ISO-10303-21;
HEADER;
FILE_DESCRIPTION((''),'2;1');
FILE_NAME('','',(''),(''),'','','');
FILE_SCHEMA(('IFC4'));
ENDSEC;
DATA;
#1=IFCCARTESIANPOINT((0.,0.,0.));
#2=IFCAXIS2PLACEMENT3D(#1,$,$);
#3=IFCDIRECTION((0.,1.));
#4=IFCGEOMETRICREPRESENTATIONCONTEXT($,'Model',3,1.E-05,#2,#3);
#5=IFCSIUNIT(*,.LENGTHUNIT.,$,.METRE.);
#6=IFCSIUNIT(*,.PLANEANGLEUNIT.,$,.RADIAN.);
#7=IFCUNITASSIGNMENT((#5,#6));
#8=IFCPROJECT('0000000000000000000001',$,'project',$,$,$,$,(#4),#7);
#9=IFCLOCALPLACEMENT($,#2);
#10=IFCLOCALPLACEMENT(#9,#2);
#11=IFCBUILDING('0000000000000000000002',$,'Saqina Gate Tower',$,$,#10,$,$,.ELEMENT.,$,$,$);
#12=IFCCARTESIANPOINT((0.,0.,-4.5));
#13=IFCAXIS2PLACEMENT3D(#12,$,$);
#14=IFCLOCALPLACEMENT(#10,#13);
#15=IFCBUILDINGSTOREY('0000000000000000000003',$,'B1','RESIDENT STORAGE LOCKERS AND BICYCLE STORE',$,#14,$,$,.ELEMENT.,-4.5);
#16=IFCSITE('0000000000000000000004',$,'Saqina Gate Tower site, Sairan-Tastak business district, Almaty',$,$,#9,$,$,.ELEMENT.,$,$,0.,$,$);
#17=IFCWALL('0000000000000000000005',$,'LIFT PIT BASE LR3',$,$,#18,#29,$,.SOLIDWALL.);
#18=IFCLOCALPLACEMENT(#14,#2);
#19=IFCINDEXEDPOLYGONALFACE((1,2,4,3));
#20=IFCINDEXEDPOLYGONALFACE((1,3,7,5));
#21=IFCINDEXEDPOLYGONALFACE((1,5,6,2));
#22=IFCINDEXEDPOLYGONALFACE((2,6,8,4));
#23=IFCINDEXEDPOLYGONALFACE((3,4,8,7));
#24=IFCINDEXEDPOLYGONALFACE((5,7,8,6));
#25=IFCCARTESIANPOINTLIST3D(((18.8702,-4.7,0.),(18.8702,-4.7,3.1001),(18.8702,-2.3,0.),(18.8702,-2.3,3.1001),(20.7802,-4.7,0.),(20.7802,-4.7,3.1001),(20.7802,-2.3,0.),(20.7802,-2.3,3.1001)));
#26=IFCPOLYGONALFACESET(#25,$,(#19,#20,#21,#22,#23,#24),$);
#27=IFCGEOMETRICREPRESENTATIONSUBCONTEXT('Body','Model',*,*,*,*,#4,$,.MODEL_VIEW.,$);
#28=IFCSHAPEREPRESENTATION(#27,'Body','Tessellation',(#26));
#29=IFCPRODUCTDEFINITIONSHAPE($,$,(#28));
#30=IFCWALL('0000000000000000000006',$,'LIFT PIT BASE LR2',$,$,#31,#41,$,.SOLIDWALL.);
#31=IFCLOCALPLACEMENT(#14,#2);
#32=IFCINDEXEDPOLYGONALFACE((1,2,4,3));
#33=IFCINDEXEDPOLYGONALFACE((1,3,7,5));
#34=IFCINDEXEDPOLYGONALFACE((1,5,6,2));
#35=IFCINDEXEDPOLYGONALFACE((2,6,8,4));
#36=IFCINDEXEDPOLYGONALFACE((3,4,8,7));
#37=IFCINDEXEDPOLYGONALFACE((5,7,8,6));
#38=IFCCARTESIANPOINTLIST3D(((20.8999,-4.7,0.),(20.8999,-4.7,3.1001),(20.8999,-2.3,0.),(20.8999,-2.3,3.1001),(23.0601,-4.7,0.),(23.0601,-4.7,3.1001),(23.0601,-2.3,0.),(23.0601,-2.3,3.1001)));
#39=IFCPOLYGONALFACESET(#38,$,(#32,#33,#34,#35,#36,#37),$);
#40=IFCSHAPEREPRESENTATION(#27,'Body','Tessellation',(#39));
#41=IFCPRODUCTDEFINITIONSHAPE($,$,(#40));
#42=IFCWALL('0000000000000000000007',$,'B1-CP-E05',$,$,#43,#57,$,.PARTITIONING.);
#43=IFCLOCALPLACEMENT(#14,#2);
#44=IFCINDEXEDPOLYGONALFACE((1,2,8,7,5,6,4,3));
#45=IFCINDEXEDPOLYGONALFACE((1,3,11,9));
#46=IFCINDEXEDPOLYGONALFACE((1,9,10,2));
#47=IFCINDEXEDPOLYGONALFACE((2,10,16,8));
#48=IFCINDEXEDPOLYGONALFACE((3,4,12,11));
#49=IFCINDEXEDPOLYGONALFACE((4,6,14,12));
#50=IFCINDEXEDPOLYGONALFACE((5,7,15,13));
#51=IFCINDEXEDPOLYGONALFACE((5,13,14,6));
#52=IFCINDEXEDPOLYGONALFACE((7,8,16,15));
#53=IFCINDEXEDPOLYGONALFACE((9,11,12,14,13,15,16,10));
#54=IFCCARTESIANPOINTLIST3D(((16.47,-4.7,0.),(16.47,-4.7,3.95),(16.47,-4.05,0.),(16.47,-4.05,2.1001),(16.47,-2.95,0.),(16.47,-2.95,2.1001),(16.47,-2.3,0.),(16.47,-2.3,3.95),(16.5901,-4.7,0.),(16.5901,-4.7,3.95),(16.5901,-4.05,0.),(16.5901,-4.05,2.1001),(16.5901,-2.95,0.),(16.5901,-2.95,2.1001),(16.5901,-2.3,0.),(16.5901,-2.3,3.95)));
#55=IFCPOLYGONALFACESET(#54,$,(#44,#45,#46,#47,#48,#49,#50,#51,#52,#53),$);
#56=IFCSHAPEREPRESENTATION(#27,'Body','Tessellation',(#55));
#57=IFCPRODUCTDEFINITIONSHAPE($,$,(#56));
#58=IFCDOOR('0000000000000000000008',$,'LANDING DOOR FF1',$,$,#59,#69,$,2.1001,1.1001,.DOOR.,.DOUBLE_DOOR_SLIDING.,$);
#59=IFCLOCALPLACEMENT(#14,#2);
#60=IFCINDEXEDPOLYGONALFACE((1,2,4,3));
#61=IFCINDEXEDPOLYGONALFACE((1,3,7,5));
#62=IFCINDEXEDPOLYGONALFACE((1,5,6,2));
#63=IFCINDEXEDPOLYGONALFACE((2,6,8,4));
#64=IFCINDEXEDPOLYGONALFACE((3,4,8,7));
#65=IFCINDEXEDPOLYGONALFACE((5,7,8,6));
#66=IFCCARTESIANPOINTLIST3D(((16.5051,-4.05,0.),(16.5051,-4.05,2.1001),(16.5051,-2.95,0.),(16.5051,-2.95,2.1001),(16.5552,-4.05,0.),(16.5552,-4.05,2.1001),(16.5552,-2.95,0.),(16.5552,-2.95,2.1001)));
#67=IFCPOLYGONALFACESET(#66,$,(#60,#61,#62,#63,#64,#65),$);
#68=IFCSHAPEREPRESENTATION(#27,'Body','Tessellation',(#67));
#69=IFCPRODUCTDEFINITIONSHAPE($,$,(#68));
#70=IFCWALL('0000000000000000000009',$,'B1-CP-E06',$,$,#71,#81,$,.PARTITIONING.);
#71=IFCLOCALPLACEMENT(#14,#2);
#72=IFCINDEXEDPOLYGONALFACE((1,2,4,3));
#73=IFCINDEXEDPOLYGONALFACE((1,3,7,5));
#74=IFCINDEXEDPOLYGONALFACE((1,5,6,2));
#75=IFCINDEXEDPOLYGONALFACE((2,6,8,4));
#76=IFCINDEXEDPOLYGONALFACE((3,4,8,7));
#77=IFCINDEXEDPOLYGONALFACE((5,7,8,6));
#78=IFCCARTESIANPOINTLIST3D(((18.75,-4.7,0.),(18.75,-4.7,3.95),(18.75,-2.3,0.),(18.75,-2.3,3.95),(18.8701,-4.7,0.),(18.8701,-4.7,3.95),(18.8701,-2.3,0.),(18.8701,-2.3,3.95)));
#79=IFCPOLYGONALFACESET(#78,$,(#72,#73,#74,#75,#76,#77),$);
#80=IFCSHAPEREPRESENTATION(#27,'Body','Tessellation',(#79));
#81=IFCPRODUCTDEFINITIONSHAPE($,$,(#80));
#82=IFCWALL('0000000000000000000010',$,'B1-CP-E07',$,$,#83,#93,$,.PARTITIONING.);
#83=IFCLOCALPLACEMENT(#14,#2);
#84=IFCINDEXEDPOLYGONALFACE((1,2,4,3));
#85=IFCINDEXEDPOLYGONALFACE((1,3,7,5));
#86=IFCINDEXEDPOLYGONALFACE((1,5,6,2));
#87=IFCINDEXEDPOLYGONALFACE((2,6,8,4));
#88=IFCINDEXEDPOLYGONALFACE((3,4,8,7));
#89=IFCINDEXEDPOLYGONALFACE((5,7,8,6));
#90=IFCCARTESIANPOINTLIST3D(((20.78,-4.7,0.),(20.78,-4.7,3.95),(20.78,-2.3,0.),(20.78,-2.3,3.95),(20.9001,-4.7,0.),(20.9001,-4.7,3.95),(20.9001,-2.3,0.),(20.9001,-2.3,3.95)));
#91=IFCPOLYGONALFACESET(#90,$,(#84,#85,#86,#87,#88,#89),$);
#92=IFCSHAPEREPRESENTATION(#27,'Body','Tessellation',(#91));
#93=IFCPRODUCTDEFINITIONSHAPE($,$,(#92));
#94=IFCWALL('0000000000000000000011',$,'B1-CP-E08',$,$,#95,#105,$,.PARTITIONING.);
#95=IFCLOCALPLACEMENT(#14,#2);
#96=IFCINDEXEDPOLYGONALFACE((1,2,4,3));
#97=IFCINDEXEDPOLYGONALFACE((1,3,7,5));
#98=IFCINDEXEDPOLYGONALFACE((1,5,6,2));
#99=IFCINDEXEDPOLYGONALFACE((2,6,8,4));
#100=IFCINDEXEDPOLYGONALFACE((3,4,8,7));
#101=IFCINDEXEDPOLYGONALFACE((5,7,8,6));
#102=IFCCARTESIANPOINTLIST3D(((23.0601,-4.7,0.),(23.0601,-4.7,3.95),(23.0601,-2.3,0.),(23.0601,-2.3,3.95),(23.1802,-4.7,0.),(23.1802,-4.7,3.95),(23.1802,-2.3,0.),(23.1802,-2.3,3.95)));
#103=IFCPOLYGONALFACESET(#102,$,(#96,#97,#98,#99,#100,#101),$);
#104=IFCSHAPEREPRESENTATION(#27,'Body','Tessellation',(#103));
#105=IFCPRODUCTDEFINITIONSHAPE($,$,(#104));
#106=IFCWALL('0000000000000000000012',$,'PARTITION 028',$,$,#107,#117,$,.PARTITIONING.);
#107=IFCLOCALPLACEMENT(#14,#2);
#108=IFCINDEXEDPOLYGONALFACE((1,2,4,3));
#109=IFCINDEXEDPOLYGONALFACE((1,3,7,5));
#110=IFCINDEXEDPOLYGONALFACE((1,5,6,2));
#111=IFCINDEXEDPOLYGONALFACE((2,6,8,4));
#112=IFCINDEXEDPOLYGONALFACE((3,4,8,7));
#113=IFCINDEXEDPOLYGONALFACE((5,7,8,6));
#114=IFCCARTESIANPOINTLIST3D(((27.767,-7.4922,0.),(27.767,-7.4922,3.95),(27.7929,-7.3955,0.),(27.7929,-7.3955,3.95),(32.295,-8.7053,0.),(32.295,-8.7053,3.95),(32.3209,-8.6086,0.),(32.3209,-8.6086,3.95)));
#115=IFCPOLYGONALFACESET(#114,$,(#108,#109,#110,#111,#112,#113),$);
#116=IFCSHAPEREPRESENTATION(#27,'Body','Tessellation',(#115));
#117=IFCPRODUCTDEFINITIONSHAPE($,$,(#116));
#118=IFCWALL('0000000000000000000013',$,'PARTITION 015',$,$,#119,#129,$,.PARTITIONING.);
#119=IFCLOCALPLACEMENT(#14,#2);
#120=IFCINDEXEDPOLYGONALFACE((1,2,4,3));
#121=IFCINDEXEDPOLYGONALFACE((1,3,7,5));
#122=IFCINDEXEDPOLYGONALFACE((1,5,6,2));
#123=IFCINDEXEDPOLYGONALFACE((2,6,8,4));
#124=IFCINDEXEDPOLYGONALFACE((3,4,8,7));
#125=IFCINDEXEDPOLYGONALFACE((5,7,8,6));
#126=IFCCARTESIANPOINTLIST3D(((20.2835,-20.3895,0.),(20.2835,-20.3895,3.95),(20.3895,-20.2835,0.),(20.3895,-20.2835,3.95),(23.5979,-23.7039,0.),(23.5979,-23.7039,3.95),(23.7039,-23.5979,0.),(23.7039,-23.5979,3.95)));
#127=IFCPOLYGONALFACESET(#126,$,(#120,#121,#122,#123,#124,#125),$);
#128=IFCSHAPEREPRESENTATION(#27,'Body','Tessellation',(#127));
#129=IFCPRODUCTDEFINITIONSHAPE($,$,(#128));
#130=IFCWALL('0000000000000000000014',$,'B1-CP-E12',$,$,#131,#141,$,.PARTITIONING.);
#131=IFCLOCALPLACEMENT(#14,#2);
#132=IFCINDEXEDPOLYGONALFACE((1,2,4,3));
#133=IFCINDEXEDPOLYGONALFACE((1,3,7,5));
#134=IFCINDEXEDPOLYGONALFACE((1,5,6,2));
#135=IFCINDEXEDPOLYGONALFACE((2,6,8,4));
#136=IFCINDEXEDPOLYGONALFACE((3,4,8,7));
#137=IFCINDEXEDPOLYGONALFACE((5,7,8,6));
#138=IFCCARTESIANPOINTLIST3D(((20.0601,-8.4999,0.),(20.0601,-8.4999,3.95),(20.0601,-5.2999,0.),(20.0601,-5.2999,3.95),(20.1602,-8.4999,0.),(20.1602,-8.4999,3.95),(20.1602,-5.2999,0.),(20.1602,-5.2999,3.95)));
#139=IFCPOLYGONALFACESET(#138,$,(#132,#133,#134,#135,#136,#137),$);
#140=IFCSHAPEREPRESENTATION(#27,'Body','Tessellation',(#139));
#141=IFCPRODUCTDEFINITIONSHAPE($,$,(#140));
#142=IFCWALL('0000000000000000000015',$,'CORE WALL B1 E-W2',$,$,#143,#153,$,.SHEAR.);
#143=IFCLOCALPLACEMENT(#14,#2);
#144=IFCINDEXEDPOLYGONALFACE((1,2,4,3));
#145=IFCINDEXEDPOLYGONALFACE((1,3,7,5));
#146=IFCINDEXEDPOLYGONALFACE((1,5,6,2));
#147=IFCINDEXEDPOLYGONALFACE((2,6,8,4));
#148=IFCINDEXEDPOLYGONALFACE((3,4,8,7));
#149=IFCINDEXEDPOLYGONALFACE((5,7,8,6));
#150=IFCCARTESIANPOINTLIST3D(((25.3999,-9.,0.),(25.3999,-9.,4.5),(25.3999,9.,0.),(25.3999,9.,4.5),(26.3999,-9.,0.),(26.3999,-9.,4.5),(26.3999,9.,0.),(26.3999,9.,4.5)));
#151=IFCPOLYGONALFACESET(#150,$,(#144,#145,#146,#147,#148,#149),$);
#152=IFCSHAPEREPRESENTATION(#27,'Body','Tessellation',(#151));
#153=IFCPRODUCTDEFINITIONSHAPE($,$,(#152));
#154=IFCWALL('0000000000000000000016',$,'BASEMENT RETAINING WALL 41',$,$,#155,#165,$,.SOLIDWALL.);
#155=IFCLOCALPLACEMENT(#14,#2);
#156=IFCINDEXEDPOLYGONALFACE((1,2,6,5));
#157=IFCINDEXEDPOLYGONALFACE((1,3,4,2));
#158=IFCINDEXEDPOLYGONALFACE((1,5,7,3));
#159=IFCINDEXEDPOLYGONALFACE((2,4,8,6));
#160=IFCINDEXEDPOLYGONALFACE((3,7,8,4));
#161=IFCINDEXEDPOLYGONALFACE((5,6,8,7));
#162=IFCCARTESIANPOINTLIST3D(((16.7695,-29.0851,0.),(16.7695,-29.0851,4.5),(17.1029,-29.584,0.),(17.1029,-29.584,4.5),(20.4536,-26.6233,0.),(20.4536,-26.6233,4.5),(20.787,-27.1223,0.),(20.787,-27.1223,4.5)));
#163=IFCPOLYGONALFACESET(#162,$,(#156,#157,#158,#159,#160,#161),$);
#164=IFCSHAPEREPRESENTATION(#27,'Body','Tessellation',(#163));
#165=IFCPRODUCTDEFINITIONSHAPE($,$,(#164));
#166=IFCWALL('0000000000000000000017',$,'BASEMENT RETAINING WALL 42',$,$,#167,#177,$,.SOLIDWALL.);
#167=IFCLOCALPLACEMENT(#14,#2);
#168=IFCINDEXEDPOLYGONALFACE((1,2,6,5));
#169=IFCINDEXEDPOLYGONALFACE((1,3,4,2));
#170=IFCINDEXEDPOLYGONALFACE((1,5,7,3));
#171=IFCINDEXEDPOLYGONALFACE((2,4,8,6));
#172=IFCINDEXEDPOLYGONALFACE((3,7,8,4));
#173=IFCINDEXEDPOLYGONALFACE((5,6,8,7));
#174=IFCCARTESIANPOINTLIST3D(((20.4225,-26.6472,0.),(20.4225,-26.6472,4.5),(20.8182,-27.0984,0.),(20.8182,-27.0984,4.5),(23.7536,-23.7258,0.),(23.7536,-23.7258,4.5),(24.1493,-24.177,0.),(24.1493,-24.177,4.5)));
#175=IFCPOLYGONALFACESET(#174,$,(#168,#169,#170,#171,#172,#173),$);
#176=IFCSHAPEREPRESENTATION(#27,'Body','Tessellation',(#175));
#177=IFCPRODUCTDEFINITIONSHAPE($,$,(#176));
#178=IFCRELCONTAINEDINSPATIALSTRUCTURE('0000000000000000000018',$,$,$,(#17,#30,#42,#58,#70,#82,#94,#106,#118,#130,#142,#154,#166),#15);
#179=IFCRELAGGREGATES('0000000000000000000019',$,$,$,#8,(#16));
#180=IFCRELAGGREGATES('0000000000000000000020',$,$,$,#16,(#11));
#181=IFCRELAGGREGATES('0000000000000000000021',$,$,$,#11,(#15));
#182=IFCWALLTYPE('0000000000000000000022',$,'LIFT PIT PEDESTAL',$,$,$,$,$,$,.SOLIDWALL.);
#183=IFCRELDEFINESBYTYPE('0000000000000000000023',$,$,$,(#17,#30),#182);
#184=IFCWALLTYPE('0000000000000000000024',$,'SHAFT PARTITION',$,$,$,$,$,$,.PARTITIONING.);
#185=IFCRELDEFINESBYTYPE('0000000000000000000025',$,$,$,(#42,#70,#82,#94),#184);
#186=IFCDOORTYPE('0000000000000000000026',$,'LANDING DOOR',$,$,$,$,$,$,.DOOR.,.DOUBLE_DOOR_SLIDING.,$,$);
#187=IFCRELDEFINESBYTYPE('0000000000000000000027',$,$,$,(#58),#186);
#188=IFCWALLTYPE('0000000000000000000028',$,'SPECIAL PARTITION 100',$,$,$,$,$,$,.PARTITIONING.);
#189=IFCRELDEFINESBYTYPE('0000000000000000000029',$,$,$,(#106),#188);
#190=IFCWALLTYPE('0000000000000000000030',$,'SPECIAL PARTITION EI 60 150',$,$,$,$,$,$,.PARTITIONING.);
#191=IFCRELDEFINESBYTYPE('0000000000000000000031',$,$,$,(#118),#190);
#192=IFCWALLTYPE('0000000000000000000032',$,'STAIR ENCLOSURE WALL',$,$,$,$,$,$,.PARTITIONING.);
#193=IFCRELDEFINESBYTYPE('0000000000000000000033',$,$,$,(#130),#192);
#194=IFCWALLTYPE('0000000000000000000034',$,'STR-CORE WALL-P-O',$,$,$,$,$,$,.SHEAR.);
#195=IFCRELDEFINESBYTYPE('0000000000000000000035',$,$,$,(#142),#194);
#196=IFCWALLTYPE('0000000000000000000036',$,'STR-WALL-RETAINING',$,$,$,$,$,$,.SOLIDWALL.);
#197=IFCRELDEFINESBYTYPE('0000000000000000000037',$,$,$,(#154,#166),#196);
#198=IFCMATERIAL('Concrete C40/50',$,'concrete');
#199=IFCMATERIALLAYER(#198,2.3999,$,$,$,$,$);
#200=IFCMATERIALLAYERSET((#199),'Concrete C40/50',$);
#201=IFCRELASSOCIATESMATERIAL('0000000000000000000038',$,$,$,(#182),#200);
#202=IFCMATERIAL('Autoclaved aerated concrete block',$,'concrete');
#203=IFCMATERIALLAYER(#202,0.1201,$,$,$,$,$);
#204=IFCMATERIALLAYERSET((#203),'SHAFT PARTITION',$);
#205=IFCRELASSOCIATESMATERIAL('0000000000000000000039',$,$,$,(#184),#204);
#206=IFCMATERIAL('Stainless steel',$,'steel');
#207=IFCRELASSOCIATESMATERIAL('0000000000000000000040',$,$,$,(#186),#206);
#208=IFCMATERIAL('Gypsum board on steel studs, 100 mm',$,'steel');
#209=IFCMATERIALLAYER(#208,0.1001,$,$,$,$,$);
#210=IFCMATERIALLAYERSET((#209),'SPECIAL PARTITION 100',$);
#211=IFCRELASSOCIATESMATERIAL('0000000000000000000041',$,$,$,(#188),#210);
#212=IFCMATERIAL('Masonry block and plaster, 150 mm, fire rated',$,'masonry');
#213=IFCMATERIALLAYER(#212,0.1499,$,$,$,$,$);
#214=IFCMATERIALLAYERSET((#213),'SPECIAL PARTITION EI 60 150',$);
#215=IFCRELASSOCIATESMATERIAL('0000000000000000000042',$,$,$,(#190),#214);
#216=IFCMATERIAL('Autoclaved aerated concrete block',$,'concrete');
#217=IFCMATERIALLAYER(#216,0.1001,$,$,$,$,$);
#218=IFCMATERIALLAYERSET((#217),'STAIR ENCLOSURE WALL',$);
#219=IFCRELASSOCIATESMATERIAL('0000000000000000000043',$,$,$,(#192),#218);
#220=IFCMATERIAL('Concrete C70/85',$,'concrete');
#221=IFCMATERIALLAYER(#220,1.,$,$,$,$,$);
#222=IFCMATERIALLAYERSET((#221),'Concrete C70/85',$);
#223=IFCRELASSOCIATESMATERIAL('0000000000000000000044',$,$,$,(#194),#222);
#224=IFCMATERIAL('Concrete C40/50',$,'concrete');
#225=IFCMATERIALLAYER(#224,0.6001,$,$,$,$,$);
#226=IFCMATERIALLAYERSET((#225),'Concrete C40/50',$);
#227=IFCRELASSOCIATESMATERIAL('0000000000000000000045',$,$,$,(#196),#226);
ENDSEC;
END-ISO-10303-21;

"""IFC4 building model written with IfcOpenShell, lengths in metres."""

from ifc_helpers import new_model, si_unit, direction, frame, frame_2d, origin, place, context, subcontext, project, spatial, rectangle, extrude, material, layer, layer_set, type_object, element, fill, save


model = new_model("IFC4")

# Units and contexts
model_context = context("Model", 3, precision=1e-05, world=origin(), true_north=direction((0.0, 1.0)))
body_context = subcontext(model_context, "Body", "Model", "MODEL_VIEW")
ifc_project = project(units=[si_unit("LENGTHUNIT", "METRE"), si_unit("PLANEANGLEUNIT", "RADIAN")], contexts=[model_context])

# Site, building, storey
site_placement = place(None, origin())
site = spatial("IfcSite", under=ifc_project, at=site_placement, Name="Saqina Gate Tower site, Sairan-Tastak business district, Almaty", CompositionType="ELEMENT", RefElevation=0.0)
building_placement = place(site_placement, origin())
building = spatial("IfcBuilding", under=site, at=building_placement, Name="Saqina Gate Tower", CompositionType="ELEMENT")
storey_placement = place(building_placement, frame((0.0, 0.0, -4.5)))
storey = spatial("IfcBuildingStorey", under=building, at=storey_placement, Name="B1", Description="RESIDENT STORAGE LOCKERS AND BICYCLE STORE", CompositionType="ELEMENT", Elevation=-4.5)

# Walls
ifc_material_1 = material(Name="Concrete C40/50", Category="concrete")
ifc_layer_1 = layer(ifc_material_1, 2.3999)
ifc_layer_set_1 = layer_set([ifc_layer_1], Name="Concrete C40/50")
wall_type_1 = type_object("IfcWallType", Name="LIFT PIT PEDESTAL", PredefinedType="SOLIDWALL", material=ifc_layer_set_1)
wall_1_placement = place(storey_placement, frame((18.8701, -3.5, 0.0), z_axis=(0.0, 0.0, 1.0), x_axis=(1.0, 0.0, 0.0)))
element("IfcWall", 1, at=wall_1_placement, inside=storey, type_object=wall_type_1, Name="LIFT PIT BASE LR3", PredefinedType="SOLIDWALL", context=body_context, shape_type="SweptSolid", body=[
    extrude(rectangle(XDim=1.9099, YDim=2.3999, at=frame_2d((0.9551, 0.0))), origin(), (0.0, 0.0, 1.0), 3.1001),
])
wall_2_placement = place(storey_placement, frame((20.8999, -3.5, 0.0), z_axis=(0.0, 0.0, 1.0), x_axis=(1.0, 0.0, 0.0)))
element("IfcWall", 2, at=wall_2_placement, inside=storey, type_object=wall_type_1, Name="LIFT PIT BASE LR2", PredefinedType="SOLIDWALL", context=body_context, shape_type="SweptSolid", body=[
    extrude(rectangle(XDim=2.1602, YDim=2.3999, at=frame_2d((1.0801, 0.0))), origin(), (0.0, 0.0, 1.0), 3.1001),
])

# Wall, opening, door
ifc_material_2 = material(Name="Autoclaved aerated concrete block", Category="concrete")
ifc_layer_2 = layer(ifc_material_2, 0.1201)
ifc_layer_set_2 = layer_set([ifc_layer_2], Name="SHAFT PARTITION")
wall_type_2 = type_object("IfcWallType", Name="SHAFT PARTITION", PredefinedType="PARTITIONING", material=ifc_layer_set_2)
wall_3_placement = place(storey_placement, frame((16.53, -4.7, 0.0), z_axis=(0.0, 0.0, 1.0), x_axis=(0.0, 1.0, 0.0)))
wall_3 = element("IfcWall", 3, at=wall_3_placement, inside=storey, type_object=wall_type_2, Name="B1-CP-E05", PredefinedType="PARTITIONING", context=body_context, shape_type="SweptSolid", body=[
    extrude(rectangle(XDim=2.3999, YDim=0.1201, at=frame_2d((1.2, 0.0))), origin(), (0.0, 0.0, 1.0), 3.95),
])
opening_1_placement = place(wall_3_placement, frame((0.6499, 0.0, 0.0)))
opening_1 = element("IfcOpeningElement", 4, at=opening_1_placement, cuts=wall_3, PredefinedType="OPENING", context=body_context, shape_type="SweptSolid", body=[
    extrude(rectangle(XDim=1.1001, YDim=2.1001, at=frame_2d((0.55, 1.05))), frame((0.0, 0.072, 0.0), z_axis=(0.0, -1.0, 0.0), x_axis=(1.0, 0.0, 0.0)), (0.0, 0.0, 1.0), 0.144),
])
ifc_material_3 = material(Name="Stainless steel", Category="steel")
door_type_1 = type_object("IfcDoorType", Name="LANDING DOOR", OperationType="DOUBLE_DOOR_SLIDING", PredefinedType="DOOR", material=ifc_material_3)
door_1_placement = place(opening_1_placement, origin())
door_1 = element("IfcDoor", 5, at=door_1_placement, inside=storey, type_object=door_type_1, Name="LANDING DOOR FF1", OperationType="DOUBLE_DOOR_SLIDING", OverallHeight=2.1001, OverallWidth=1.1001, PredefinedType="DOOR", context=body_context, shape_type="SweptSolid", body=[
    extrude(rectangle(XDim=1.1001, YDim=2.1001, at=frame_2d((0.55, 1.05))), frame((0.0, 0.0249, 0.0), z_axis=(0.0, -1.0, 0.0), x_axis=(1.0, 0.0, 0.0)), (0.0, 0.0, 1.0), 0.05),
])
fill(opening_1, door_1)

# Walls
for number, where, z_axis, x_axis, name in (
    (6, (18.8101, -4.7, 0.0), (0.0, 0.0, 1.0), (0.0, 1.0, 0.0), "B1-CP-E06"),
    (7, (20.8401, -4.7, 0.0), (0.0, 0.0, 1.0), (0.0, 1.0, 0.0), "B1-CP-E07"),
    (8, (23.1201, -4.7, 0.0), (0.0, 0.0, 1.0), (0.0, 1.0, 0.0), "B1-CP-E08"),
):
    element("IfcWall", number, at=place(storey_placement, frame(where, z_axis=z_axis, x_axis=x_axis)), inside=storey, type_object=wall_type_2, Name=name, PredefinedType="PARTITIONING", context=body_context, shape_type="SweptSolid", body=[
        extrude(rectangle(XDim=2.3999, YDim=0.1201, at=frame_2d((1.2, 0.0))), origin(), (0.0, 0.0, 1.0), 3.95),
    ])
ifc_material_4 = material(Name="Gypsum board on steel studs, 100 mm", Category="steel")
ifc_layer_3 = layer(ifc_material_4, 0.1001)
ifc_layer_set_3 = layer_set([ifc_layer_3], Name="SPECIAL PARTITION 100")
wall_type_3 = type_object("IfcWallType", Name="SPECIAL PARTITION 100", PredefinedType="PARTITIONING", material=ifc_layer_set_3)
wall_4_placement = place(storey_placement, frame((27.78, -7.4438, 0.0), z_axis=(0.0, 0.0, 1.0), x_axis=(0.965934, -0.258787, 0.0)))
element("IfcWall", 9, at=wall_4_placement, inside=storey, type_object=wall_type_3, Name="PARTITION 028", PredefinedType="PARTITIONING", context=body_context, shape_type="SweptSolid", body=[
    extrude(rectangle(XDim=4.6877, YDim=0.1001, at=frame_2d((2.3438, 0.0))), origin(), (0.0, 0.0, 1.0), 3.95),
])
ifc_material_5 = material(Name="Masonry block and plaster, 150 mm, fire rated", Category="masonry")
ifc_layer_4 = layer(ifc_material_5, 0.1499)
ifc_layer_set_4 = layer_set([ifc_layer_4], Name="SPECIAL PARTITION EI 60 150")
wall_type_4 = type_object("IfcWallType", Name="SPECIAL PARTITION EI 60 150", PredefinedType="PARTITIONING", material=ifc_layer_set_4)
wall_5_placement = place(storey_placement, frame((20.3364, -20.3364, 0.0), z_axis=(0.0, 0.0, 1.0), x_axis=(0.707107, -0.707107, 0.0)))
element("IfcWall", 10, at=wall_5_placement, inside=storey, type_object=wall_type_4, Name="PARTITION 015", PredefinedType="PARTITIONING", context=body_context, shape_type="SweptSolid", body=[
    extrude(rectangle(XDim=4.6873, YDim=0.1499, at=frame_2d((2.3438, 0.0))), origin(), (0.0, 0.0, 1.0), 3.95),
])
ifc_material_6 = material(Name="Autoclaved aerated concrete block", Category="concrete")
ifc_layer_5 = layer(ifc_material_6, 0.1001)
ifc_layer_set_5 = layer_set([ifc_layer_5], Name="STAIR ENCLOSURE WALL")
wall_type_5 = type_object("IfcWallType", Name="STAIR ENCLOSURE WALL", PredefinedType="PARTITIONING", material=ifc_layer_set_5)
wall_6_placement = place(storey_placement, frame((20.1101, -8.5, 0.0), z_axis=(0.0, 0.0, 1.0), x_axis=(0.0, 1.0, 0.0)))
element("IfcWall", 11, at=wall_6_placement, inside=storey, type_object=wall_type_5, Name="B1-CP-E12", PredefinedType="PARTITIONING", context=body_context, shape_type="SweptSolid", body=[
    extrude(rectangle(XDim=3.2, YDim=0.1001, at=frame_2d((1.6001, 0.0))), origin(), (0.0, 0.0, 1.0), 3.95),
])
ifc_material_7 = material(Name="Concrete C70/85", Category="concrete")
ifc_layer_6 = layer(ifc_material_7, 1.0)
ifc_layer_set_6 = layer_set([ifc_layer_6], Name="Concrete C70/85")
wall_type_6 = type_object("IfcWallType", Name="STR-CORE WALL-P-O", PredefinedType="SHEAR", material=ifc_layer_set_6)
wall_7_placement = place(storey_placement, frame((25.8999, -9.0, 0.0), z_axis=(0.0, 0.0, 1.0), x_axis=(0.0, 1.0, 0.0)))
element("IfcWall", 12, at=wall_7_placement, inside=storey, type_object=wall_type_6, Name="CORE WALL B1 E-W2", PredefinedType="SHEAR", context=body_context, shape_type="SweptSolid", body=[
    extrude(rectangle(XDim=18.0, YDim=1.0, at=frame_2d((9.0, 0.0))), origin(), (0.0, 0.0, 1.0), 4.5),
])
ifc_material_8 = material(Name="Concrete C40/50", Category="concrete")
ifc_layer_7 = layer(ifc_material_8, 0.6001)
ifc_layer_set_7 = layer_set([ifc_layer_7], Name="Concrete C40/50")
wall_type_7 = type_object("IfcWallType", Name="STR-WALL-RETAINING", PredefinedType="SOLIDWALL", material=ifc_layer_set_7)
wall_8_placement = place(storey_placement, frame((16.9363, -29.3345, 0.0), z_axis=(0.0, 0.0, 1.0), x_axis=(0.831465, 0.555577, 0.0)))
element("IfcWall", 13, at=wall_8_placement, inside=storey, type_object=wall_type_7, Name="BASEMENT RETAINING WALL 41", PredefinedType="SOLIDWALL", context=body_context, shape_type="SweptSolid", body=[
    extrude(rectangle(XDim=4.4309, YDim=0.6001, at=frame_2d((2.2153, 0.0))), origin(), (0.0, 0.0, 1.0), 4.5),
])
for number, where, z_axis, x_axis, name in (
    (14, (20.6204, -26.8728, 0.0), (0.0, 0.0, 1.0), (0.751825, 0.659362, 0.0), "BASEMENT RETAINING WALL 42"),
):
    element("IfcWall", number, at=place(storey_placement, frame(where, z_axis=z_axis, x_axis=x_axis)), inside=storey, type_object=wall_type_7, Name=name, PredefinedType="SOLIDWALL", context=body_context, shape_type="SweptSolid", body=[
        extrude(rectangle(XDim=4.4307, YDim=0.6001, at=frame_2d((2.2153, 0.0))), origin(), (0.0, 0.0, 1.0), 4.5),
    ])

save(model, "model.ifc")
